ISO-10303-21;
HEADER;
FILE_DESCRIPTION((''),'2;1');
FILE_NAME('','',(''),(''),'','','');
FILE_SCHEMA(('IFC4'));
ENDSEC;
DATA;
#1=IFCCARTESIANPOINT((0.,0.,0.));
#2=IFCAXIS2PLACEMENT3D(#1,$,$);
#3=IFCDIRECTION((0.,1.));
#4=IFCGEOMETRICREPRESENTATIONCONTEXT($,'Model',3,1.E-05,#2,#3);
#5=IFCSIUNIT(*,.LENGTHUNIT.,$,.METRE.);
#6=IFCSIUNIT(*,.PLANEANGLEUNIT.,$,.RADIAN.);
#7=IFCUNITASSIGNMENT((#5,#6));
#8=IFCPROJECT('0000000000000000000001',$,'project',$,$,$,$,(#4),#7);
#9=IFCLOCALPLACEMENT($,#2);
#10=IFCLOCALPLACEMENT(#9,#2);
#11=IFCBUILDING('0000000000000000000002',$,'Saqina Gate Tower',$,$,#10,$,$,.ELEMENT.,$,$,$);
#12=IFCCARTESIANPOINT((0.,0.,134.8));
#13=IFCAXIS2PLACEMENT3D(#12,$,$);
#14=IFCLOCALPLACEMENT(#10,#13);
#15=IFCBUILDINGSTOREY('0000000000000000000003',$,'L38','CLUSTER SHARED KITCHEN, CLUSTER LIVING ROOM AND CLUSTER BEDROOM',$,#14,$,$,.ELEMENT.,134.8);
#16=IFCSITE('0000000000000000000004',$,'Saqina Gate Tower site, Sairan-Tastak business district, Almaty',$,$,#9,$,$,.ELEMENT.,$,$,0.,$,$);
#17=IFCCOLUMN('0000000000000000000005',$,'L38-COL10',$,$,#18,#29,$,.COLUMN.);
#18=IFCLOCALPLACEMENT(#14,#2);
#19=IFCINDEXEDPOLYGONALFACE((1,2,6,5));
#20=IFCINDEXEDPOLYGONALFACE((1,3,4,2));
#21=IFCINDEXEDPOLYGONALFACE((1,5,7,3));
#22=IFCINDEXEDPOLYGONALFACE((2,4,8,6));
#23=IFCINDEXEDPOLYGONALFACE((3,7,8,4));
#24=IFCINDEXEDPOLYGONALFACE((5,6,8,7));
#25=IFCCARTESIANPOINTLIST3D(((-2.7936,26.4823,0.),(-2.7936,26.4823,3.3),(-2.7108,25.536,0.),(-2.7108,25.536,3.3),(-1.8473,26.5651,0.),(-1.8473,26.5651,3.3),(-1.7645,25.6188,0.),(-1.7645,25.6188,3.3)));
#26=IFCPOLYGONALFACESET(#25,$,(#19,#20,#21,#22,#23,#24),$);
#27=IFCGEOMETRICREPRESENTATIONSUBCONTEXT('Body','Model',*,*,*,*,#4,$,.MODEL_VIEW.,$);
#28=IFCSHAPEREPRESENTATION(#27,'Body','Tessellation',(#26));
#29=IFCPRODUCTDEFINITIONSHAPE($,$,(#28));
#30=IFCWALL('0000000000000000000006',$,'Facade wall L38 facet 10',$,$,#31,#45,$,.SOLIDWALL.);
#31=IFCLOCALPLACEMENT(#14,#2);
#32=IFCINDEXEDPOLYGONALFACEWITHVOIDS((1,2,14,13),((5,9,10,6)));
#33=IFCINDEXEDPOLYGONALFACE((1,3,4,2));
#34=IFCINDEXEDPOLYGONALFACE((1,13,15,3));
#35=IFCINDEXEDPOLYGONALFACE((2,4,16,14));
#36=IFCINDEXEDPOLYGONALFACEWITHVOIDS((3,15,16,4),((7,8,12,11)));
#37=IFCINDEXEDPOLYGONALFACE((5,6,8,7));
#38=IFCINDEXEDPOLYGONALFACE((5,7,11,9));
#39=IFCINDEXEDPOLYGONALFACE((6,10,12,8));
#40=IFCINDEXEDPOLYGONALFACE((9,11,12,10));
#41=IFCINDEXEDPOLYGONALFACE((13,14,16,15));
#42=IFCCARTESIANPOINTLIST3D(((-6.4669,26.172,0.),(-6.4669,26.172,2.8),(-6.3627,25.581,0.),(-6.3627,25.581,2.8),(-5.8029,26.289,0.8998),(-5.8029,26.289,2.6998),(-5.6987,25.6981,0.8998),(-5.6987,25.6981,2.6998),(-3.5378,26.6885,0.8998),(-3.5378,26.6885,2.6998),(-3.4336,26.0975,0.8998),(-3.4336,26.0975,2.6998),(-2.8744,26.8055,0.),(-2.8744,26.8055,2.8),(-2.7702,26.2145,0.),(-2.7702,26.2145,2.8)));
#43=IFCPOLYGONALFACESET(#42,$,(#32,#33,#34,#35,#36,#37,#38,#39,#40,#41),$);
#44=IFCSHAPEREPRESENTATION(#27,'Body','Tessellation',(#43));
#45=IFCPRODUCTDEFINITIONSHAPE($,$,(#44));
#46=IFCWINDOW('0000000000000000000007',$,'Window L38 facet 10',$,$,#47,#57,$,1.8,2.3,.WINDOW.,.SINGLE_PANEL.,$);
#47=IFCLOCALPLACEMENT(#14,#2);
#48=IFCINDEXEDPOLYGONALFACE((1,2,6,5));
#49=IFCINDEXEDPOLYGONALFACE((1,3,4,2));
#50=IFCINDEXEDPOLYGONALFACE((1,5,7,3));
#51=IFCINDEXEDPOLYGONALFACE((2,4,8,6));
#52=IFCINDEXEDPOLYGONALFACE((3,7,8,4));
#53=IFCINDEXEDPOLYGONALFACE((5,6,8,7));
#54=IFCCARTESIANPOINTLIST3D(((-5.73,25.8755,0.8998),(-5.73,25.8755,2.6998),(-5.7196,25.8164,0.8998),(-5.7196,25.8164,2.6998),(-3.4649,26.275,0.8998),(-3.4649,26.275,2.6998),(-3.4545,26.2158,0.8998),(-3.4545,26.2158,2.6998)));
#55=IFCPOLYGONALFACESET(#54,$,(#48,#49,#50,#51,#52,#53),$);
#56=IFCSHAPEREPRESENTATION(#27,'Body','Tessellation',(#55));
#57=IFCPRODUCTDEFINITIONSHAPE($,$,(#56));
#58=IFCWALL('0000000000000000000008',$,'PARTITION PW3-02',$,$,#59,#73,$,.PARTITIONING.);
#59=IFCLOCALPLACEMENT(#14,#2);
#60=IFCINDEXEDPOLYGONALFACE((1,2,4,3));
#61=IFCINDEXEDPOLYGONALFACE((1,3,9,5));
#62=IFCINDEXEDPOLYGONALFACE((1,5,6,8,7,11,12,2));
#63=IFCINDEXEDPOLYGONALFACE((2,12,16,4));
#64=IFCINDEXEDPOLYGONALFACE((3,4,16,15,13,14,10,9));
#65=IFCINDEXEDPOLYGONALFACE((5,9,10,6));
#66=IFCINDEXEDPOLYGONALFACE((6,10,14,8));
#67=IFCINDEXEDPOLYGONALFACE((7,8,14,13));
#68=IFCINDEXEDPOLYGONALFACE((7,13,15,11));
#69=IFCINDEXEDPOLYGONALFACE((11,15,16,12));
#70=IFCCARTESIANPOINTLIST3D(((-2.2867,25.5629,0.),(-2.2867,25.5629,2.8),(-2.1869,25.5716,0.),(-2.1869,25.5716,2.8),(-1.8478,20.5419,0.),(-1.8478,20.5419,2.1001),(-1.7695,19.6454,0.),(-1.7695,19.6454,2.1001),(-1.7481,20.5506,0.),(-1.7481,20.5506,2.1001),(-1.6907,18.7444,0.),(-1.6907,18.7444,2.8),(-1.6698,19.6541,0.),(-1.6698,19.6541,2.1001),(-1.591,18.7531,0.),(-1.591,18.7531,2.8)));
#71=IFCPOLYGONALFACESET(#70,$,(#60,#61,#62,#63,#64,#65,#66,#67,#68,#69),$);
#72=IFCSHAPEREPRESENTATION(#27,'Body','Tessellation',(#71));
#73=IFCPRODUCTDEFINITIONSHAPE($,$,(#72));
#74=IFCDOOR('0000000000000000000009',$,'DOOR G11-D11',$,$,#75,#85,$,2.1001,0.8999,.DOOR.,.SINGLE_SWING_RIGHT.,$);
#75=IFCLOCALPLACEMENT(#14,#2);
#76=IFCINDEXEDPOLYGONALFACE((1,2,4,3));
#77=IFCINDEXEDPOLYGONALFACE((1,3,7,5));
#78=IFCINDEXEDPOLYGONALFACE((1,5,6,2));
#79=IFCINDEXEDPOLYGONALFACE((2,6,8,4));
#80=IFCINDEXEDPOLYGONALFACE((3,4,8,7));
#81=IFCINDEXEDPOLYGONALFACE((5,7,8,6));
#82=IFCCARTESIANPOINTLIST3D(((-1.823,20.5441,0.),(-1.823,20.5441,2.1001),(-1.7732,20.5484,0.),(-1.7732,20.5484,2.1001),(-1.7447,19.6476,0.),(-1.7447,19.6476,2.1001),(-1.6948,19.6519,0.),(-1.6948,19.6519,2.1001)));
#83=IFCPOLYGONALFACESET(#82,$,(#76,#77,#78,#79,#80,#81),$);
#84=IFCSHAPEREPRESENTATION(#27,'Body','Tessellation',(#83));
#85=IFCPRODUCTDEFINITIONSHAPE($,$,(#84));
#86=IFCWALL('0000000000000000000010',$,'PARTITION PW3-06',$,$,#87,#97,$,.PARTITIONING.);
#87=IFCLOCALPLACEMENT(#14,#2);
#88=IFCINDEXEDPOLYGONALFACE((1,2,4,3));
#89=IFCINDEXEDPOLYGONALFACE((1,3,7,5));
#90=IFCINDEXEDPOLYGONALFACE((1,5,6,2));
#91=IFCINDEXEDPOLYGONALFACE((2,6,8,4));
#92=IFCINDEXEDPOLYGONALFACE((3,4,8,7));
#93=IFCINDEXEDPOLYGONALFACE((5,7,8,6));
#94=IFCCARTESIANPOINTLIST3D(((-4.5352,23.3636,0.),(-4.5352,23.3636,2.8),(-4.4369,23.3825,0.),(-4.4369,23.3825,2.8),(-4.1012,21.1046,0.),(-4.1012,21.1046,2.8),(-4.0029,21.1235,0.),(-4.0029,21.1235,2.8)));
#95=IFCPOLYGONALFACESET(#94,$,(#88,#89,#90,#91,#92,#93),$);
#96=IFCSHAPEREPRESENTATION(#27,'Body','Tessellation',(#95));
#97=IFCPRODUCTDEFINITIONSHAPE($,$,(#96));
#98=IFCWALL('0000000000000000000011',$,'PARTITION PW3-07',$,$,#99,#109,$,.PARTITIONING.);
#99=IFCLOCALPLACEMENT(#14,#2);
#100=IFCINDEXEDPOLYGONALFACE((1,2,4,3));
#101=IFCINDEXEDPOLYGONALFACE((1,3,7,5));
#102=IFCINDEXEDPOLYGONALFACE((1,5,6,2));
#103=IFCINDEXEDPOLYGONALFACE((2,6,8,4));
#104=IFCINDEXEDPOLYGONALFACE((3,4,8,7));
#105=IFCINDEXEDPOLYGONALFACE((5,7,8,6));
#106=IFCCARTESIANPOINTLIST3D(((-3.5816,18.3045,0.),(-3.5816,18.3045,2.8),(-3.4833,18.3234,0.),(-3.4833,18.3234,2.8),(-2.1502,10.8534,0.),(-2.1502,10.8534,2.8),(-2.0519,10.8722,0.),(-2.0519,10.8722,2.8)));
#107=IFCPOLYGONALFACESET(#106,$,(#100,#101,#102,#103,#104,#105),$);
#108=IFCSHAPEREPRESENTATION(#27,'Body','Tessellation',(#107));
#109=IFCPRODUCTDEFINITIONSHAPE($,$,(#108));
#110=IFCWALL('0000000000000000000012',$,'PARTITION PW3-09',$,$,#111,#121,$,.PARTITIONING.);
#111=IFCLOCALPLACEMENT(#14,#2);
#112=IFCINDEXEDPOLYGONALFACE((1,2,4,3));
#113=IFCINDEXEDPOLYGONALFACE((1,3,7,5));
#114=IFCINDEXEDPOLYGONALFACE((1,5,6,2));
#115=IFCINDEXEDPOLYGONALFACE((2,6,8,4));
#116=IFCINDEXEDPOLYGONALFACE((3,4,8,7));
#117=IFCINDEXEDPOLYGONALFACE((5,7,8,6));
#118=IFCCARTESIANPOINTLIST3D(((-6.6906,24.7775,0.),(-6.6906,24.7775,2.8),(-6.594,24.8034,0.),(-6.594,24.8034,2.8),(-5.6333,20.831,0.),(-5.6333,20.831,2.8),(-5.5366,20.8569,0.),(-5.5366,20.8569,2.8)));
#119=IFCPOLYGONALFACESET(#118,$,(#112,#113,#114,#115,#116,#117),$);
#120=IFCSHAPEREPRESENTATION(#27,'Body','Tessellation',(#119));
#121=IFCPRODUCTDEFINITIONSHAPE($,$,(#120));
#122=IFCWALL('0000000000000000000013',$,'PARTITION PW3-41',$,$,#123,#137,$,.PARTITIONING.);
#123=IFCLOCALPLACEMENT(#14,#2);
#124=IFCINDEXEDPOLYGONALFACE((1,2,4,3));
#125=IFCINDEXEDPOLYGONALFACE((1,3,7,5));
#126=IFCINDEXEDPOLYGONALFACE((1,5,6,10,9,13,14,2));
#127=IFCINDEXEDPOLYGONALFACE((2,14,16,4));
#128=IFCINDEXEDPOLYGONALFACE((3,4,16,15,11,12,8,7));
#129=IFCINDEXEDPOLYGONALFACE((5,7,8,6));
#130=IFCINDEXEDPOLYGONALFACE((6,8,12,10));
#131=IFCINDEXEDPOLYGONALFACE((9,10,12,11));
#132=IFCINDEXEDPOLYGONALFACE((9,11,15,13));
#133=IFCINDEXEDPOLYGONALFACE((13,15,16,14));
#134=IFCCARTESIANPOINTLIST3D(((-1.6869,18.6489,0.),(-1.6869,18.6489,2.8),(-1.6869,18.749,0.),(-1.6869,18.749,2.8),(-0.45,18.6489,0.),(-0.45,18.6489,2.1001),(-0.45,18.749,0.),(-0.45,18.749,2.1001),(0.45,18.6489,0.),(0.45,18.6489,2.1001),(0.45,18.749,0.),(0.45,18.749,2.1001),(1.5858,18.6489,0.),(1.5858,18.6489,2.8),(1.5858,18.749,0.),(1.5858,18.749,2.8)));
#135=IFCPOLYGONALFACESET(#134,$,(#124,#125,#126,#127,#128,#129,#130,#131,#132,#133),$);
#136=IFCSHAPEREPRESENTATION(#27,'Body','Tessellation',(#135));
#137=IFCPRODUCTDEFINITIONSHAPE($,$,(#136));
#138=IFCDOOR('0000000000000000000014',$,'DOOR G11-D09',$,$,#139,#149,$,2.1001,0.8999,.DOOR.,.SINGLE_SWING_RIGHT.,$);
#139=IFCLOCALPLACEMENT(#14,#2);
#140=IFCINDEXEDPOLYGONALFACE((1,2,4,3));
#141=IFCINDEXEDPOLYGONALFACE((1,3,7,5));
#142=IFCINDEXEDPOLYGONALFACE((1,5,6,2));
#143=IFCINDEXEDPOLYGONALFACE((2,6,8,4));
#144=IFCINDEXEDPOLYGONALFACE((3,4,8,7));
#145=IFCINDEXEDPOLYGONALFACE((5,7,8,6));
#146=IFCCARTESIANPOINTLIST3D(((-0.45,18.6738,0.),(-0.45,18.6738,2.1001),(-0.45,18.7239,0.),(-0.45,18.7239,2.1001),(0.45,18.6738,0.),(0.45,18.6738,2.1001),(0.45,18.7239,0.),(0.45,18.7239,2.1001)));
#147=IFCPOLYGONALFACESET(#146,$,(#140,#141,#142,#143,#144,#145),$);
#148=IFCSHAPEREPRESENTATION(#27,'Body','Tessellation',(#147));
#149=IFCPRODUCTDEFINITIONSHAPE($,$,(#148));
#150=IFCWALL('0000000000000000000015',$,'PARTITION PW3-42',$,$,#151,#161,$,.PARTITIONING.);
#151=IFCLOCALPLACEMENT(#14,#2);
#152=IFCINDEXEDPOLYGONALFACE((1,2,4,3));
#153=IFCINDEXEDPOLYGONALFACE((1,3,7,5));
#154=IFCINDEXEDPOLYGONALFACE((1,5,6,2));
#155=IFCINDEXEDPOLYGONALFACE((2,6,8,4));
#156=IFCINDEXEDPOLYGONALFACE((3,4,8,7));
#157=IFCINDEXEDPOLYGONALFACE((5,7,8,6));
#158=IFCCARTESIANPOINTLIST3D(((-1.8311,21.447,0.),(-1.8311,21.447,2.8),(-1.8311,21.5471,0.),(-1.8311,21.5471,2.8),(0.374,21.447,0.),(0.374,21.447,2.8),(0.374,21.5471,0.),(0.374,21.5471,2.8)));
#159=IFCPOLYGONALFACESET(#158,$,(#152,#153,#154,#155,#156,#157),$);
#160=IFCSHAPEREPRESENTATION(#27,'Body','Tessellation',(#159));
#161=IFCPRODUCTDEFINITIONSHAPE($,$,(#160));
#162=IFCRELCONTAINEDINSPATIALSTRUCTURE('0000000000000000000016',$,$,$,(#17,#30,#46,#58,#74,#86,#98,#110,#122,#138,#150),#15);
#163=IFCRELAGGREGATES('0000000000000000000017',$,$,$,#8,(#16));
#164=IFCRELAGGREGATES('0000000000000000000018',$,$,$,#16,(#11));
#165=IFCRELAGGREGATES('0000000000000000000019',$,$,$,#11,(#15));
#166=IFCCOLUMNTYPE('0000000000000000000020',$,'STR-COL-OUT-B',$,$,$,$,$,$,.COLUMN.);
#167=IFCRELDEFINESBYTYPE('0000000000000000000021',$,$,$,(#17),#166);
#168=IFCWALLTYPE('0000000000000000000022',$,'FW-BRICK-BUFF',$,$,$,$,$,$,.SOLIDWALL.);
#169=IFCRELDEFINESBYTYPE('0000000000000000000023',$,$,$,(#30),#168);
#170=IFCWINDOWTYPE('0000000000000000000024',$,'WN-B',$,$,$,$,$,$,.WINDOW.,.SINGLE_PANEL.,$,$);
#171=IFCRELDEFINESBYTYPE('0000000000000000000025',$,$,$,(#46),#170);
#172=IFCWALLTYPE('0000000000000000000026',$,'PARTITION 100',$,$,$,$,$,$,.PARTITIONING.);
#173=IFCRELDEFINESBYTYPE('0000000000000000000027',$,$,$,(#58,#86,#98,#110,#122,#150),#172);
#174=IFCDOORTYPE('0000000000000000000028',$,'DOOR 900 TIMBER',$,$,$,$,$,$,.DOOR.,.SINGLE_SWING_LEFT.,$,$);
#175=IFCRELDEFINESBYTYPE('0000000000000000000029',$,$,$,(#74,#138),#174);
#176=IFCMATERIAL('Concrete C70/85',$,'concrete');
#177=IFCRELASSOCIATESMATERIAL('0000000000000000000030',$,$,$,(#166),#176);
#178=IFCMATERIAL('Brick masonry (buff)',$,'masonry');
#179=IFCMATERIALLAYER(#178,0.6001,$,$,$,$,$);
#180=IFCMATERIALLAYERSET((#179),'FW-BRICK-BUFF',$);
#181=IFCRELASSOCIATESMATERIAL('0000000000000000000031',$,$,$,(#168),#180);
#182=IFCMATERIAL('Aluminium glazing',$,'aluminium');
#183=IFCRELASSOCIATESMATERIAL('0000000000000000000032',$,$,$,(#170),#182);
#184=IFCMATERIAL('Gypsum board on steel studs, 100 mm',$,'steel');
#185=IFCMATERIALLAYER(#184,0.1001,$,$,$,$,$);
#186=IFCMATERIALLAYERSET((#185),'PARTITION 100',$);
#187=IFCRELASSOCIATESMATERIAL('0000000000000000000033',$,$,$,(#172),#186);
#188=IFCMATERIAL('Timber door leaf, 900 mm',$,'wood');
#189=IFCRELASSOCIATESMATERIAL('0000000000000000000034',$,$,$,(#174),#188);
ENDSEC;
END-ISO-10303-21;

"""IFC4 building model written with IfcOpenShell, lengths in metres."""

from ifc_helpers import new_model, si_unit, direction, frame, frame_2d, origin, origin_2d, place, context, subcontext, project, spatial, rectangle, extrude, material, layer, layer_set, material_profile, profile_set, type_object, element, fill, save


model = new_model("IFC4")

# Units and contexts
model_context = context("Model", 3, precision=1e-05, world=origin(), true_north=direction((0.0, 1.0)))
body_context = subcontext(model_context, "Body", "Model", "MODEL_VIEW")
ifc_project = project(units=[si_unit("LENGTHUNIT", "METRE"), si_unit("PLANEANGLEUNIT", "RADIAN")], contexts=[model_context])

# Site, building, storey
site_placement = place(None, origin())
site = spatial("IfcSite", under=ifc_project, at=site_placement, Name="Saqina Gate Tower site, Sairan-Tastak business district, Almaty", CompositionType="ELEMENT", RefElevation=0.0)
building_placement = place(site_placement, origin())
building = spatial("IfcBuilding", under=site, at=building_placement, Name="Saqina Gate Tower", CompositionType="ELEMENT")
storey_placement = place(building_placement, frame((0.0, 0.0, 134.8)))
storey = spatial("IfcBuildingStorey", under=building, at=storey_placement, Name="L38", Description="CLUSTER SHARED KITCHEN, CLUSTER LIVING ROOM AND CLUSTER BEDROOM", CompositionType="ELEMENT", Elevation=134.8)

# Column
ifc_material_1 = material(Name="Concrete C70/85", Category="concrete")
ifc_material_profile = material_profile(ifc_material_1, rectangle(XDim=0.95, YDim=0.95, at=origin_2d()), Name="RC 950x950")
ifc_profile_set = profile_set([ifc_material_profile], Name="Concrete C70/85")
column_type = type_object("IfcColumnType", Name="STR-COL-OUT-B", PredefinedType="COLUMN", material=ifc_profile_set)
column_placement = place(storey_placement, frame((-2.2791, 26.0505, 0.0), z_axis=(0.0, 0.0, 1.0), x_axis=(-0.087156, 0.996195, 0.0)))
element("IfcColumn", 1, at=column_placement, inside=storey, type_object=column_type, Name="L38-COL10", PredefinedType="COLUMN", context=body_context, shape_type="SweptSolid", body=[
    extrude(rectangle(XDim=0.95, YDim=0.95, at=origin_2d()), origin(), (0.0, 0.0, 1.0), 3.3),
])

# Wall, opening, window
ifc_material_2 = material(Name="Brick masonry (buff)", Category="masonry")
ifc_layer_1 = layer(ifc_material_2, 0.6001)
ifc_layer_set_1 = layer_set([ifc_layer_1], Name="FW-BRICK-BUFF")
wall_type_1 = type_object("IfcWallType", Name="FW-BRICK-BUFF", PredefinedType="SOLIDWALL", material=ifc_layer_set_1)
wall_1_placement = place(storey_placement, frame((-2.8223, 26.51, 0.0), z_axis=(0.0, 0.0, 1.0), x_axis=(-0.984804, -0.173671, 0.0)))
wall_1 = element("IfcWall", 2, at=wall_1_placement, inside=storey, type_object=wall_type_1, Name="Facade wall L38 facet 10", PredefinedType="SOLIDWALL", context=body_context, shape_type="SweptSolid", body=[
    extrude(rectangle(XDim=3.6479, YDim=0.6001, at=frame_2d((1.824, 0.0))), origin(), (0.0, 0.0, 1.0), 2.8),
])
opening_1_placement = place(wall_1_placement, frame((0.6738, 0.0, 0.8999)))
opening_1 = element("IfcOpeningElement", 3, at=opening_1_placement, cuts=wall_1, PredefinedType="OPENING", context=body_context, shape_type="SweptSolid", body=[
    extrude(rectangle(XDim=2.3, YDim=1.8, at=frame_2d((1.1499, 0.8999))), frame((0.0, 0.312, 0.0), z_axis=(0.0, -1.0, 0.0), x_axis=(1.0, 0.0, 0.0)), (0.0, 0.0, 1.0), 0.624),
])
ifc_material_3 = material(Name="Aluminium glazing", Category="aluminium")
window_type = type_object("IfcWindowType", Name="WN-B", PartitioningType="SINGLE_PANEL", PredefinedType="WINDOW", material=ifc_material_3)
window_placement = place(opening_1_placement, origin())
window = element("IfcWindow", 4, at=window_placement, inside=storey, type_object=window_type, Name="Window L38 facet 10", OverallHeight=1.8, OverallWidth=2.3, PartitioningType="SINGLE_PANEL", PredefinedType="WINDOW", context=body_context, shape_type="SweptSolid", body=[
    extrude(rectangle(XDim=2.3, YDim=1.8, at=frame_2d((1.1499, 0.8999))), frame((0.0, 0.1799, 0.0), z_axis=(0.0, -1.0, 0.0), x_axis=(1.0, 0.0, 0.0)), (0.0, 0.0, 1.0), 0.0601),
])
fill(opening_1, window)

# Wall, opening, door
ifc_material_4 = material(Name="Gypsum board on steel studs, 100 mm", Category="steel")
ifc_layer_2 = layer(ifc_material_4, 0.1001)
ifc_layer_set_2 = layer_set([ifc_layer_2], Name="PARTITION 100")
wall_type_2 = type_object("IfcWallType", Name="PARTITION 100", PredefinedType="PARTITIONING", material=ifc_layer_set_2)
wall_2_placement = place(storey_placement, frame((-2.2368, 25.5674, 0.0), z_axis=(0.0, 0.0, 1.0), x_axis=(0.087068, -0.996202, 0.0)))
wall_2 = element("IfcWall", 5, at=wall_2_placement, inside=storey, type_object=wall_type_2, Name="PARTITION PW3-02", PredefinedType="PARTITIONING", context=body_context, shape_type="SweptSolid", body=[
    extrude(rectangle(XDim=6.8445, YDim=0.1001, at=frame_2d((3.4224, 0.0))), origin(), (0.0, 0.0, 1.0), 2.8),
])
opening_2_placement = place(wall_2_placement, frame((5.0403, 0.0, 0.0)))
opening_2 = element("IfcOpeningElement", 6, at=opening_2_placement, cuts=wall_2, PredefinedType="OPENING", context=body_context, shape_type="SweptSolid", body=[
    extrude(rectangle(XDim=0.8999, YDim=2.1001, at=frame_2d((0.45, 1.05))), frame((0.0, 0.062, 0.0), z_axis=(0.0, -1.0, 0.0), x_axis=(1.0, 0.0, 0.0)), (0.0, 0.0, 1.0), 0.124),
])
ifc_material_5 = material(Name="Timber door leaf, 900 mm", Category="wood")
door_type_1 = type_object("IfcDoorType", Name="DOOR 900 TIMBER", OperationType="SINGLE_SWING_LEFT", PredefinedType="DOOR", material=ifc_material_5)
door_1_placement = place(opening_2_placement, origin())
door_1 = element("IfcDoor", 7, at=door_1_placement, inside=storey, type_object=door_type_1, Name="DOOR G11-D11", OperationType="SINGLE_SWING_RIGHT", OverallHeight=2.1001, OverallWidth=0.8999, PredefinedType="DOOR", context=body_context, shape_type="SweptSolid", body=[
    extrude(rectangle(XDim=0.8999, YDim=2.1001, at=frame_2d((0.45, 1.05))), frame((0.0, 0.0249, 0.0), z_axis=(0.0, -1.0, 0.0), x_axis=(1.0, 0.0, 0.0)), (0.0, 0.0, 1.0), 0.05),
])
fill(opening_2, door_1)

# Walls
wall_3_placement = place(storey_placement, frame((-4.4861, 23.373, 0.0), z_axis=(0.0, 0.0, 1.0), x_axis=(0.188702, -0.982034, 0.0)))
element("IfcWall", 8, at=wall_3_placement, inside=storey, type_object=wall_type_2, Name="PARTITION PW3-06", PredefinedType="PARTITIONING", context=body_context, shape_type="SweptSolid", body=[
    extrude(rectangle(XDim=2.3003, YDim=0.1001, at=frame_2d((1.1501, 0.0))), origin(), (0.0, 0.0, 1.0), 2.8),
])
wall_4_placement = place(storey_placement, frame((-3.5325, 18.314, 0.0), z_axis=(0.0, 0.0, 1.0), x_axis=(0.188654, -0.982044, 0.0)))
element("IfcWall", 9, at=wall_4_placement, inside=storey, type_object=wall_type_2, Name="PARTITION PW3-07", PredefinedType="PARTITIONING", context=body_context, shape_type="SweptSolid", body=[
    extrude(rectangle(XDim=7.5874, YDim=0.1001, at=frame_2d((3.7937, 0.0))), origin(), (0.0, 0.0, 1.0), 2.8),
])
wall_5_placement = place(storey_placement, frame((-6.6423, 24.7905, 0.0), z_axis=(0.0, 0.0, 1.0), x_axis=(0.258797, -0.965932, 0.0)))
element("IfcWall", 10, at=wall_5_placement, inside=storey, type_object=wall_type_2, Name="PARTITION PW3-09", PredefinedType="PARTITIONING", context=body_context, shape_type="SweptSolid", body=[
    extrude(rectangle(XDim=4.0857, YDim=0.1001, at=frame_2d((2.043, 0.0))), origin(), (0.0, 0.0, 1.0), 2.8),
])

# Wall, opening, door
wall_6_placement = place(storey_placement, frame((-1.6868, 18.699, 0.0), z_axis=(0.0, 0.0, 1.0), x_axis=(1.0, 0.0, 0.0)))
wall_6 = element("IfcWall", 11, at=wall_6_placement, inside=storey, type_object=wall_type_2, Name="PARTITION PW3-41", PredefinedType="PARTITIONING", context=body_context, shape_type="SweptSolid", body=[
    extrude(rectangle(XDim=3.2727, YDim=0.1001, at=frame_2d((1.6362, 0.0))), origin(), (0.0, 0.0, 1.0), 2.8),
])
opening_3_placement = place(wall_6_placement, frame((1.2368, 0.0, 0.0)))
opening_3 = element("IfcOpeningElement", 12, at=opening_3_placement, cuts=wall_6, PredefinedType="OPENING", context=body_context, shape_type="SweptSolid", body=[
    extrude(rectangle(XDim=0.8999, YDim=2.1001, at=frame_2d((0.45, 1.05))), frame((0.0, 0.062, 0.0), z_axis=(0.0, -1.0, 0.0), x_axis=(1.0, 0.0, 0.0)), (0.0, 0.0, 1.0), 0.124),
])
door_2_placement = place(opening_3_placement, origin())
door_2 = element("IfcDoor", 13, at=door_2_placement, inside=storey, type_object=door_type_1, Name="DOOR G11-D09", OperationType="SINGLE_SWING_RIGHT", OverallHeight=2.1001, OverallWidth=0.8999, PredefinedType="DOOR", context=body_context, shape_type="SweptSolid", body=[
    extrude(rectangle(XDim=0.8999, YDim=2.1001, at=frame_2d((0.45, 1.05))), frame((0.0, 0.0249, 0.0), z_axis=(0.0, -1.0, 0.0), x_axis=(1.0, 0.0, 0.0)), (0.0, 0.0, 1.0), 0.05),
])
fill(opening_3, door_2)

# Wall
wall_7_placement = place(storey_placement, frame((-1.8311, 21.4971, 0.0), z_axis=(0.0, 0.0, 1.0), x_axis=(1.0, 0.0, 0.0)))
element("IfcWall", 14, at=wall_7_placement, inside=storey, type_object=wall_type_2, Name="PARTITION PW3-42", PredefinedType="PARTITIONING", context=body_context, shape_type="SweptSolid", body=[
    extrude(rectangle(XDim=2.2051, YDim=0.1001, at=frame_2d((1.1025, 0.0))), origin(), (0.0, 0.0, 1.0), 2.8),
])

save(model, "model.ifc")
